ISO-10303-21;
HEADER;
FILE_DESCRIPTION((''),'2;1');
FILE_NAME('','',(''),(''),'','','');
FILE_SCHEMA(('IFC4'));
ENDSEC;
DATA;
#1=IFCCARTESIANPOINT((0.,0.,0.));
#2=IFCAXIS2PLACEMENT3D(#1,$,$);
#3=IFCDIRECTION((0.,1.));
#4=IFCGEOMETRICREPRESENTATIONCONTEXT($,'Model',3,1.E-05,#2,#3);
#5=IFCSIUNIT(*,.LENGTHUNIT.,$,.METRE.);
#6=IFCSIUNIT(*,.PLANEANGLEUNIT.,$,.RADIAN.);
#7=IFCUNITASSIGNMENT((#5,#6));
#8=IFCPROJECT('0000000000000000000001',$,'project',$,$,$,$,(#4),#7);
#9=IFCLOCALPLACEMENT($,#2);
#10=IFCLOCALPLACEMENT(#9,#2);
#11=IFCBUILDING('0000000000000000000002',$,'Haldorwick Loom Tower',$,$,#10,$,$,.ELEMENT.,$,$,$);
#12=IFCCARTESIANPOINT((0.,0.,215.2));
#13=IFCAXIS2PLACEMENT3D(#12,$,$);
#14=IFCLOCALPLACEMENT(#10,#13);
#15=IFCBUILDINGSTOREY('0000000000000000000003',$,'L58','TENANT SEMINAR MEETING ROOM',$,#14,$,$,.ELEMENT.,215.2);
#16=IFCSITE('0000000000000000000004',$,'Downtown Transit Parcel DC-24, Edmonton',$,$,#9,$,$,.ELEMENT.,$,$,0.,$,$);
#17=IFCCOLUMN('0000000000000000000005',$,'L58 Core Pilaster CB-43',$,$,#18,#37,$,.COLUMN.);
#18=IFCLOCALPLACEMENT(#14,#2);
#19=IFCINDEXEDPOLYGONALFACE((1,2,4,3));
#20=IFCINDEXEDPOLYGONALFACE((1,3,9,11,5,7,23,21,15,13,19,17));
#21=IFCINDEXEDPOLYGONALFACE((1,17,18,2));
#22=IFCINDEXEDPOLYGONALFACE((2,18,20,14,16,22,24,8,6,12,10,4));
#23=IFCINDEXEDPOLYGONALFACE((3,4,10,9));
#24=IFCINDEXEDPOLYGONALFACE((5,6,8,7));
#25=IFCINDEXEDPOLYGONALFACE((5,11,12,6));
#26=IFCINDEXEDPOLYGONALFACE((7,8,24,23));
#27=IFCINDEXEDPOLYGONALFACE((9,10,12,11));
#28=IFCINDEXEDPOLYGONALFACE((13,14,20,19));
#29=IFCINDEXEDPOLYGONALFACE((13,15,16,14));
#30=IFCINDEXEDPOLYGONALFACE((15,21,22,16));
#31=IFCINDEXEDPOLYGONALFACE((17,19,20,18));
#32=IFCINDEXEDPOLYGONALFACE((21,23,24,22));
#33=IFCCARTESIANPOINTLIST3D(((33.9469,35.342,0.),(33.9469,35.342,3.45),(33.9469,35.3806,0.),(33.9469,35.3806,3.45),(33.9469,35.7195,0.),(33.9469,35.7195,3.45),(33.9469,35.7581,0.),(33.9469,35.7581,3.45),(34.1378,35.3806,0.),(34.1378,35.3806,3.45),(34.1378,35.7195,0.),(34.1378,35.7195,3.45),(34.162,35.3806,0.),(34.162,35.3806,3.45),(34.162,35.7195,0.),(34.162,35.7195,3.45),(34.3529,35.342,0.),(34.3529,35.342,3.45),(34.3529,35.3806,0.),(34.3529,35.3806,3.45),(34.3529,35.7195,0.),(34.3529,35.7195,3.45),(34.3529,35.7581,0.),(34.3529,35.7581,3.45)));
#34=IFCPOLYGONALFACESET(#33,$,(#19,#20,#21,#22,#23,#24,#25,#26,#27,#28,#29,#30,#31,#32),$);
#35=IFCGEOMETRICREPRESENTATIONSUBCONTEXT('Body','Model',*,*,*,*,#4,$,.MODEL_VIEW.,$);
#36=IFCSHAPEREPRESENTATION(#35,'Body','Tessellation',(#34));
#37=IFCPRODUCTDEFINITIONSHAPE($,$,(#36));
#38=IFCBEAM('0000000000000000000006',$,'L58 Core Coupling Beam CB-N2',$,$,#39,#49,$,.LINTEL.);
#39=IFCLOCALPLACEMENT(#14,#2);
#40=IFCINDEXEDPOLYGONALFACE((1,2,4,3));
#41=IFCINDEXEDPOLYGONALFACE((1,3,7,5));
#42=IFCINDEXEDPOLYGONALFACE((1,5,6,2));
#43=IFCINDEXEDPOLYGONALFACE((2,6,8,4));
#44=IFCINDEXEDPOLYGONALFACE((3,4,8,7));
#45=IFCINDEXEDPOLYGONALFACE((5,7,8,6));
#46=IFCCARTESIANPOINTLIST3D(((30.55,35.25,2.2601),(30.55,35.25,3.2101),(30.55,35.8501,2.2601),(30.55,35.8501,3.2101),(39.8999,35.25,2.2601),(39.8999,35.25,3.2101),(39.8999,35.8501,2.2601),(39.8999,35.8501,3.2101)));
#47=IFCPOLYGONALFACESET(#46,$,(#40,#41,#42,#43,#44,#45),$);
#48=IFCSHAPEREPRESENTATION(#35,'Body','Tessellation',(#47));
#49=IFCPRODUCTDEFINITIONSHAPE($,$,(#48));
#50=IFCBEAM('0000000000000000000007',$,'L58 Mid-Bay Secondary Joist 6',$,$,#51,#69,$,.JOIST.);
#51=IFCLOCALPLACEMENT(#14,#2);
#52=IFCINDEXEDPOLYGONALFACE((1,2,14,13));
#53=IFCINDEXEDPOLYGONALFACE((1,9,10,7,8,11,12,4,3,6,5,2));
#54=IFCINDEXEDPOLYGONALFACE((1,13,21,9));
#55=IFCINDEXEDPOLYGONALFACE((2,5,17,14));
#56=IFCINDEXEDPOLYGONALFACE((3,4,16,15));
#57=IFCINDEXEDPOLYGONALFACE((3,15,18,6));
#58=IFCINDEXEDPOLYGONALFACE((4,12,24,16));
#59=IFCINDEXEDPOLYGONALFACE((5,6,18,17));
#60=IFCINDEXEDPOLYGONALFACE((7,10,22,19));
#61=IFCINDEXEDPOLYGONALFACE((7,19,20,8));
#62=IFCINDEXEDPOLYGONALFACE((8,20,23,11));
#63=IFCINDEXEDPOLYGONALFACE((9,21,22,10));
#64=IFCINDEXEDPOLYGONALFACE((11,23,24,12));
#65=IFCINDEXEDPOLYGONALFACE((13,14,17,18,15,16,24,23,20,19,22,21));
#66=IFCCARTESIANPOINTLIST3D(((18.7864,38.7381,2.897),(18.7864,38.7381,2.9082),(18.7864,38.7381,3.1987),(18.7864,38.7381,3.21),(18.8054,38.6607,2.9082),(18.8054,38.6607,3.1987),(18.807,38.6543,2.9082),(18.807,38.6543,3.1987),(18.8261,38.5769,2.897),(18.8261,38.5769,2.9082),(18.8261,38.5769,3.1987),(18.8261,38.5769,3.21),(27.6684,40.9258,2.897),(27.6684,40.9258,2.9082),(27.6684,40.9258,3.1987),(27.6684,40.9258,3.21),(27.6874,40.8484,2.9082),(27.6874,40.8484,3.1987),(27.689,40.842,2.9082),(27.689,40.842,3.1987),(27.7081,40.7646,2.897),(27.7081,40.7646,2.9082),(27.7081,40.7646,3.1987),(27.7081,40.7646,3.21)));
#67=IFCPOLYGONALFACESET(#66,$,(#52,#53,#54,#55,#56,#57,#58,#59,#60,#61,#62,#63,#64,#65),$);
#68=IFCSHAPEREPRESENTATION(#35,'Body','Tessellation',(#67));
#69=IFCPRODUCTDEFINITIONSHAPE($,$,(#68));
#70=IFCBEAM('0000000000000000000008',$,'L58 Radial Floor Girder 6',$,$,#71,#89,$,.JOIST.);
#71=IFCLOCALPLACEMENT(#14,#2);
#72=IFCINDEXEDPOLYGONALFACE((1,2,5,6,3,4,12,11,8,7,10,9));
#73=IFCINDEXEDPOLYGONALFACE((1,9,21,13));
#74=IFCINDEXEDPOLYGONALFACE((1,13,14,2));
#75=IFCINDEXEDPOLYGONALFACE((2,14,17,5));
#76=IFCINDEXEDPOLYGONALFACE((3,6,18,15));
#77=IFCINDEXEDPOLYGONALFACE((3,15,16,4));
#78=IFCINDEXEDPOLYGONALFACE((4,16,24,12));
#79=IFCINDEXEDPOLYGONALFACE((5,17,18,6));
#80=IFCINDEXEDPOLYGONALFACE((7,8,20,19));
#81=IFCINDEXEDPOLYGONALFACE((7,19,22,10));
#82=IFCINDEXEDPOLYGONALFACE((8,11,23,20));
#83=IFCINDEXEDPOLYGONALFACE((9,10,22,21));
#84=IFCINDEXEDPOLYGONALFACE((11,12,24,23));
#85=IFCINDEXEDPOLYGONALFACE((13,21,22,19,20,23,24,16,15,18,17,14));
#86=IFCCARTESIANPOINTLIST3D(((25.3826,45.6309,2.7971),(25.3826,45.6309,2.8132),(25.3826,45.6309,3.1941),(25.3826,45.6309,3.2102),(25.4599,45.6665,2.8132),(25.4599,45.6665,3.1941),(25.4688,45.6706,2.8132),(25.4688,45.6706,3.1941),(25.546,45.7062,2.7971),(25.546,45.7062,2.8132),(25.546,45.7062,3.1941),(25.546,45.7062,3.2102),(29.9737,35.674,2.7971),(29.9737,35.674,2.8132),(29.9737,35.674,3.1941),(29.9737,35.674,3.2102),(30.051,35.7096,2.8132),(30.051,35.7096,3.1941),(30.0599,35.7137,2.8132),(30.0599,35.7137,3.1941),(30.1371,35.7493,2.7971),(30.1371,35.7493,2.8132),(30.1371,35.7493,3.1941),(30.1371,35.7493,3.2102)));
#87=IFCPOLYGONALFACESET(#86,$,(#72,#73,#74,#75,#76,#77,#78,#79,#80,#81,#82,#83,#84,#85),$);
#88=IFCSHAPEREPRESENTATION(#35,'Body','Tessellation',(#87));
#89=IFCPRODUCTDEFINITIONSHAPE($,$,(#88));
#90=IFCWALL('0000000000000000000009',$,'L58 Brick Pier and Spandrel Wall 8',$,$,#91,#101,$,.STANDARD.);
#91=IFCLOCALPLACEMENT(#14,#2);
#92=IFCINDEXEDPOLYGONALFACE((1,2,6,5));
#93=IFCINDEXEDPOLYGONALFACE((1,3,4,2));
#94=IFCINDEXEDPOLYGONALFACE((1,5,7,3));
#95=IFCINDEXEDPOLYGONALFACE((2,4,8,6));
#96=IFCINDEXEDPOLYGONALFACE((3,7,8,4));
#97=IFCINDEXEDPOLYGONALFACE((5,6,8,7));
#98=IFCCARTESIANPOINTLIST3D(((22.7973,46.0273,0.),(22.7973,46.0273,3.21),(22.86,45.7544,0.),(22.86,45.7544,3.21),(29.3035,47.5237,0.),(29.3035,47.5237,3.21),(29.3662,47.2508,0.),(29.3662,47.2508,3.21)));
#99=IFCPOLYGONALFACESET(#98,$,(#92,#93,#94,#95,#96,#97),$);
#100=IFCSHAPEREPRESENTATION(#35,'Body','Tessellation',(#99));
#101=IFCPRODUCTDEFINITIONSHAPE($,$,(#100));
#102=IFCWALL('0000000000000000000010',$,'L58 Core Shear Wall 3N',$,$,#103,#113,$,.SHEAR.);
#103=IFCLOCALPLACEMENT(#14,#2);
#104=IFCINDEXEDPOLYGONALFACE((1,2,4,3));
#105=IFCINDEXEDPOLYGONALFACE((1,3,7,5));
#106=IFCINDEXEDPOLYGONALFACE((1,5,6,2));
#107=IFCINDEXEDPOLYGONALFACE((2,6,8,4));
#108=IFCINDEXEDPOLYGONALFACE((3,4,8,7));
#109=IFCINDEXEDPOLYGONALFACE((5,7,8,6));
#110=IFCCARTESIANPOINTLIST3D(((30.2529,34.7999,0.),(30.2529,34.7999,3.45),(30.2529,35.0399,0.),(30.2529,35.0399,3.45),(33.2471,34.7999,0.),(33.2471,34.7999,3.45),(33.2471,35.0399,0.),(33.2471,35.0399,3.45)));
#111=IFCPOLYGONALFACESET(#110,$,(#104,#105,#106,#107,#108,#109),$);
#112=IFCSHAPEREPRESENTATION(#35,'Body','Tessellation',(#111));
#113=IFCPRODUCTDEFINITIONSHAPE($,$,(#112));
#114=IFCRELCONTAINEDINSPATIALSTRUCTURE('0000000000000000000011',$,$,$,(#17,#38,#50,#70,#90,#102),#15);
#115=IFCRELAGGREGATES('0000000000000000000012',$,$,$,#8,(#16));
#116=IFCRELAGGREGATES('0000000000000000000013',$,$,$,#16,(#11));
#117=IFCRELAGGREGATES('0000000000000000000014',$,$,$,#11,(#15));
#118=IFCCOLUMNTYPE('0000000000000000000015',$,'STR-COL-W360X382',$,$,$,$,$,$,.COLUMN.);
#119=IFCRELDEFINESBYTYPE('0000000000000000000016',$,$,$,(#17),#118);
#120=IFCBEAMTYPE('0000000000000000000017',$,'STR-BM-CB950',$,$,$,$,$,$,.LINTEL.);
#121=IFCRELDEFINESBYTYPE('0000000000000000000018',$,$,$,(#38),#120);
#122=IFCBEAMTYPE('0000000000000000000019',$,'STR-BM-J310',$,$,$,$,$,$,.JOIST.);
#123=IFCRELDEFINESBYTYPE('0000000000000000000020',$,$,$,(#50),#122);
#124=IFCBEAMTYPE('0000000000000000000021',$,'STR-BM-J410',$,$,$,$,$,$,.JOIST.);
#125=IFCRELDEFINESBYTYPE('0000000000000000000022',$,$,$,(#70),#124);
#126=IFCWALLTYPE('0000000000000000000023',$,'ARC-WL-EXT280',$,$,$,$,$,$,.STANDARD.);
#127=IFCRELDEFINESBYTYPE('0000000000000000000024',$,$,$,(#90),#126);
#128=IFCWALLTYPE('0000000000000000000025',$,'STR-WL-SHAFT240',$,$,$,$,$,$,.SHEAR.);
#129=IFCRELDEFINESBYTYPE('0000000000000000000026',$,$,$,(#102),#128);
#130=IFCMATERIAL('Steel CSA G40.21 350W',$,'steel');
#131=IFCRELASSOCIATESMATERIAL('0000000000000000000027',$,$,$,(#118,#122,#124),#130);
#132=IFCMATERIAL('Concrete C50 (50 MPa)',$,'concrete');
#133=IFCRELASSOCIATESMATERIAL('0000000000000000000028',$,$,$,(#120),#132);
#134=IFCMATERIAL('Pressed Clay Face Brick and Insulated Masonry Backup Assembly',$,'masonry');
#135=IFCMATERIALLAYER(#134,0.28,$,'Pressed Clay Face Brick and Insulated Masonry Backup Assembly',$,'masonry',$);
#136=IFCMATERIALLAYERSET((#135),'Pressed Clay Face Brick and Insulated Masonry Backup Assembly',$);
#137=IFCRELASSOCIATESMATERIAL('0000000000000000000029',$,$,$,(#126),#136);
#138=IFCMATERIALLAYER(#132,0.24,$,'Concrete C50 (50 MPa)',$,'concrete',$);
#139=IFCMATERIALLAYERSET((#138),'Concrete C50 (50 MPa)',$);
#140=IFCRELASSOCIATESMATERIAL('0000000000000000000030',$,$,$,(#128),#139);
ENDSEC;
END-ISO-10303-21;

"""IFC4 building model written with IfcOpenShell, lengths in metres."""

from ifc_helpers import new_model, si_unit, direction, frame, frame_2d, origin, origin_2d, place, context, subcontext, project, spatial, rectangle, i_section, extrude, material, layer, layer_set, material_profile, profile_set, type_object, element, save


model = new_model("IFC4")

# Units and contexts
model_context = context("Model", 3, precision=1e-05, world=origin(), true_north=direction((0.0, 1.0)))
body_context = subcontext(model_context, "Body", "Model", "MODEL_VIEW")
ifc_project = project(units=[si_unit("LENGTHUNIT", "METRE"), si_unit("PLANEANGLEUNIT", "RADIAN")], contexts=[model_context])

# Site, building, storey
site_placement = place(None, origin())
site = spatial("IfcSite", under=ifc_project, at=site_placement, Name="Downtown Transit Parcel DC-24, Edmonton", CompositionType="ELEMENT", RefElevation=0.0)
building_placement = place(site_placement, origin())
building = spatial("IfcBuilding", under=site, at=building_placement, Name="Haldorwick Loom Tower", CompositionType="ELEMENT")
storey_placement = place(building_placement, frame((0.0, 0.0, 215.2)))
storey = spatial("IfcBuildingStorey", under=building, at=storey_placement, Name="L58", Description="TENANT SEMINAR MEETING ROOM", CompositionType="ELEMENT", Elevation=215.2)

# Column
ifc_material_1 = material(Name="Steel CSA G40.21 350W", Category="steel")
ifc_material_profile_1 = material_profile(ifc_material_1, i_section(OverallWidth=0.406, OverallDepth=0.416, WebThickness=0.0242, FlangeThickness=0.0386, at=origin_2d()), Name="W360X382", Category="steel")
ifc_profile_set_1 = profile_set([ifc_material_profile_1], Name="Steel CSA G40.21 350W")
column_type_1 = type_object("IfcColumnType", Name="STR-COL-W360X382", PredefinedType="COLUMN", material=ifc_profile_set_1)
for number, where, z_axis, x_axis, name in (
    (1, (34.1499, 35.55, 0.0), (0.0, 0.0, 1.0), (1.0, 0.0, 0.0), "L58 Core Pilaster CB-43"),
):
    element("IfcColumn", number, at=place(storey_placement, frame(where, z_axis=z_axis, x_axis=x_axis)), inside=storey, type_object=column_type_1, Name=name, PredefinedType="COLUMN", context=body_context, shape_type="SweptSolid", body=[
        extrude(i_section(OverallWidth=0.406, OverallDepth=0.416, WebThickness=0.0242, FlangeThickness=0.0386, at=origin_2d()), origin(), (0.0, 0.0, 1.0), 3.45),
    ])

# Beams
ifc_material_2 = material(Name="Concrete C50 (50 MPa)", Category="concrete")
ifc_material_profile_2 = material_profile(ifc_material_2, rectangle(XDim=0.6001, YDim=0.95, at=origin_2d()), Name="RC600X950", Category="concrete")
ifc_profile_set_2 = profile_set([ifc_material_profile_2], Name="Concrete C50 (50 MPa)")
beam_type_1 = type_object("IfcBeamType", Name="STR-BM-CB950", PredefinedType="LINTEL", material=ifc_profile_set_2)
beam_1_placement = place(storey_placement, frame((30.55, 35.55, 2.7351), z_axis=(1.0, 0.0, 0.0), x_axis=(0.0, 1.0, 0.0)))
element("IfcBeam", 2, at=beam_1_placement, inside=storey, type_object=beam_type_1, Name="L58 Core Coupling Beam CB-N2", PredefinedType="LINTEL", context=body_context, shape_type="SweptSolid", body=[
    extrude(rectangle(XDim=0.6001, YDim=0.95, at=origin_2d()), origin(), (0.0, 0.0, 1.0), 9.3499),
])
ifc_material_profile_3 = material_profile(ifc_material_1, i_section(OverallWidth=0.166, OverallDepth=0.313, WebThickness=0.0066, FlangeThickness=0.0112, at=origin_2d()), Name="W310X45", Category="steel")
ifc_profile_set_3 = profile_set([ifc_material_profile_3], Name="Steel CSA G40.21 350W")
beam_type_2 = type_object("IfcBeamType", Name="STR-BM-J310", PredefinedType="JOIST", material=ifc_profile_set_3)
beam_2_placement = place(storey_placement, frame((27.6882, 40.8452, 3.0535), z_axis=(-0.97098, -0.239162, 0.0), x_axis=(0.239162, -0.97098, 0.0)))
element("IfcBeam", 3, at=beam_2_placement, inside=storey, type_object=beam_type_2, Name="L58 Mid-Bay Secondary Joist 6", PredefinedType="JOIST", context=body_context, shape_type="SweptSolid", body=[
    extrude(i_section(OverallWidth=0.166, OverallDepth=0.313, WebThickness=0.0066, FlangeThickness=0.0112, at=origin_2d()), origin(), (0.0, 0.0, 1.0), 9.1475),
])
ifc_material_profile_4 = material_profile(ifc_material_1, i_section(OverallWidth=0.1799, OverallDepth=0.4131, WebThickness=0.0098, FlangeThickness=0.0161, at=origin_2d()), Name="W410X74", Category="steel")
ifc_profile_set_4 = profile_set([ifc_material_profile_4], Name="Steel CSA G40.21 350W")
beam_type_3 = type_object("IfcBeamType", Name="STR-BM-J410", PredefinedType="JOIST", material=ifc_profile_set_4)
beam_3_placement = place(storey_placement, frame((30.0554, 35.7117, 3.0037), z_axis=(-0.418729, 0.908111, 0.0), x_axis=(-0.908111, -0.418729, 0.0)))
element("IfcBeam", 4, at=beam_3_placement, inside=storey, type_object=beam_type_3, Name="L58 Radial Floor Girder 6", PredefinedType="JOIST", context=body_context, shape_type="SweptSolid", body=[
    extrude(i_section(OverallWidth=0.1799, OverallDepth=0.4131, WebThickness=0.0098, FlangeThickness=0.0161, at=origin_2d()), origin(), (0.0, 0.0, 1.0), 10.9644),
])

# Walls
ifc_material_3 = material(Name="Pressed Clay Face Brick and Insulated Masonry Backup Assembly", Category="masonry")
ifc_layer_1 = layer(ifc_material_3, 0.28, Name="Pressed Clay Face Brick and Insulated Masonry Backup Assembly", Category="masonry")
ifc_layer_set_1 = layer_set([ifc_layer_1], Name="Pressed Clay Face Brick and Insulated Masonry Backup Assembly")
wall_type_1 = type_object("IfcWallType", Name="ARC-WL-EXT280", PredefinedType="STANDARD", material=ifc_layer_set_1)
wall_1_placement = place(storey_placement, frame((29.3347, 47.3872, 0.0), z_axis=(0.0, 0.0, 1.0), x_axis=(-0.974557, -0.224138, 0.0)))
element("IfcWall", 5, at=wall_1_placement, inside=storey, type_object=wall_type_1, Name="L58 Brick Pier and Spandrel Wall 8", PredefinedType="STANDARD", context=body_context, shape_type="SweptSolid", body=[
    extrude(rectangle(XDim=6.676, YDim=0.28, at=frame_2d((3.3379, 0.0))), origin(), (0.0, 0.0, 1.0), 3.21),
])
ifc_layer_2 = layer(ifc_material_2, 0.24, Name="Concrete C50 (50 MPa)", Category="concrete")
ifc_layer_set_2 = layer_set([ifc_layer_2], Name="Concrete C50 (50 MPa)")
wall_type_2 = type_object("IfcWallType", Name="STR-WL-SHAFT240", PredefinedType="SHEAR", material=ifc_layer_set_2)
wall_2_placement = place(storey_placement, frame((30.2529, 34.9199, 0.0), z_axis=(0.0, 0.0, 1.0), x_axis=(1.0, 0.0, 0.0)))
element("IfcWall", 6, at=wall_2_placement, inside=storey, type_object=wall_type_2, Name="L58 Core Shear Wall 3N", PredefinedType="SHEAR", context=body_context, shape_type="SweptSolid", body=[
    extrude(rectangle(XDim=2.9941, YDim=0.24, at=frame_2d((1.4971, 0.0))), origin(), (0.0, 0.0, 1.0), 3.45),
])

save(model, "model.ifc")
